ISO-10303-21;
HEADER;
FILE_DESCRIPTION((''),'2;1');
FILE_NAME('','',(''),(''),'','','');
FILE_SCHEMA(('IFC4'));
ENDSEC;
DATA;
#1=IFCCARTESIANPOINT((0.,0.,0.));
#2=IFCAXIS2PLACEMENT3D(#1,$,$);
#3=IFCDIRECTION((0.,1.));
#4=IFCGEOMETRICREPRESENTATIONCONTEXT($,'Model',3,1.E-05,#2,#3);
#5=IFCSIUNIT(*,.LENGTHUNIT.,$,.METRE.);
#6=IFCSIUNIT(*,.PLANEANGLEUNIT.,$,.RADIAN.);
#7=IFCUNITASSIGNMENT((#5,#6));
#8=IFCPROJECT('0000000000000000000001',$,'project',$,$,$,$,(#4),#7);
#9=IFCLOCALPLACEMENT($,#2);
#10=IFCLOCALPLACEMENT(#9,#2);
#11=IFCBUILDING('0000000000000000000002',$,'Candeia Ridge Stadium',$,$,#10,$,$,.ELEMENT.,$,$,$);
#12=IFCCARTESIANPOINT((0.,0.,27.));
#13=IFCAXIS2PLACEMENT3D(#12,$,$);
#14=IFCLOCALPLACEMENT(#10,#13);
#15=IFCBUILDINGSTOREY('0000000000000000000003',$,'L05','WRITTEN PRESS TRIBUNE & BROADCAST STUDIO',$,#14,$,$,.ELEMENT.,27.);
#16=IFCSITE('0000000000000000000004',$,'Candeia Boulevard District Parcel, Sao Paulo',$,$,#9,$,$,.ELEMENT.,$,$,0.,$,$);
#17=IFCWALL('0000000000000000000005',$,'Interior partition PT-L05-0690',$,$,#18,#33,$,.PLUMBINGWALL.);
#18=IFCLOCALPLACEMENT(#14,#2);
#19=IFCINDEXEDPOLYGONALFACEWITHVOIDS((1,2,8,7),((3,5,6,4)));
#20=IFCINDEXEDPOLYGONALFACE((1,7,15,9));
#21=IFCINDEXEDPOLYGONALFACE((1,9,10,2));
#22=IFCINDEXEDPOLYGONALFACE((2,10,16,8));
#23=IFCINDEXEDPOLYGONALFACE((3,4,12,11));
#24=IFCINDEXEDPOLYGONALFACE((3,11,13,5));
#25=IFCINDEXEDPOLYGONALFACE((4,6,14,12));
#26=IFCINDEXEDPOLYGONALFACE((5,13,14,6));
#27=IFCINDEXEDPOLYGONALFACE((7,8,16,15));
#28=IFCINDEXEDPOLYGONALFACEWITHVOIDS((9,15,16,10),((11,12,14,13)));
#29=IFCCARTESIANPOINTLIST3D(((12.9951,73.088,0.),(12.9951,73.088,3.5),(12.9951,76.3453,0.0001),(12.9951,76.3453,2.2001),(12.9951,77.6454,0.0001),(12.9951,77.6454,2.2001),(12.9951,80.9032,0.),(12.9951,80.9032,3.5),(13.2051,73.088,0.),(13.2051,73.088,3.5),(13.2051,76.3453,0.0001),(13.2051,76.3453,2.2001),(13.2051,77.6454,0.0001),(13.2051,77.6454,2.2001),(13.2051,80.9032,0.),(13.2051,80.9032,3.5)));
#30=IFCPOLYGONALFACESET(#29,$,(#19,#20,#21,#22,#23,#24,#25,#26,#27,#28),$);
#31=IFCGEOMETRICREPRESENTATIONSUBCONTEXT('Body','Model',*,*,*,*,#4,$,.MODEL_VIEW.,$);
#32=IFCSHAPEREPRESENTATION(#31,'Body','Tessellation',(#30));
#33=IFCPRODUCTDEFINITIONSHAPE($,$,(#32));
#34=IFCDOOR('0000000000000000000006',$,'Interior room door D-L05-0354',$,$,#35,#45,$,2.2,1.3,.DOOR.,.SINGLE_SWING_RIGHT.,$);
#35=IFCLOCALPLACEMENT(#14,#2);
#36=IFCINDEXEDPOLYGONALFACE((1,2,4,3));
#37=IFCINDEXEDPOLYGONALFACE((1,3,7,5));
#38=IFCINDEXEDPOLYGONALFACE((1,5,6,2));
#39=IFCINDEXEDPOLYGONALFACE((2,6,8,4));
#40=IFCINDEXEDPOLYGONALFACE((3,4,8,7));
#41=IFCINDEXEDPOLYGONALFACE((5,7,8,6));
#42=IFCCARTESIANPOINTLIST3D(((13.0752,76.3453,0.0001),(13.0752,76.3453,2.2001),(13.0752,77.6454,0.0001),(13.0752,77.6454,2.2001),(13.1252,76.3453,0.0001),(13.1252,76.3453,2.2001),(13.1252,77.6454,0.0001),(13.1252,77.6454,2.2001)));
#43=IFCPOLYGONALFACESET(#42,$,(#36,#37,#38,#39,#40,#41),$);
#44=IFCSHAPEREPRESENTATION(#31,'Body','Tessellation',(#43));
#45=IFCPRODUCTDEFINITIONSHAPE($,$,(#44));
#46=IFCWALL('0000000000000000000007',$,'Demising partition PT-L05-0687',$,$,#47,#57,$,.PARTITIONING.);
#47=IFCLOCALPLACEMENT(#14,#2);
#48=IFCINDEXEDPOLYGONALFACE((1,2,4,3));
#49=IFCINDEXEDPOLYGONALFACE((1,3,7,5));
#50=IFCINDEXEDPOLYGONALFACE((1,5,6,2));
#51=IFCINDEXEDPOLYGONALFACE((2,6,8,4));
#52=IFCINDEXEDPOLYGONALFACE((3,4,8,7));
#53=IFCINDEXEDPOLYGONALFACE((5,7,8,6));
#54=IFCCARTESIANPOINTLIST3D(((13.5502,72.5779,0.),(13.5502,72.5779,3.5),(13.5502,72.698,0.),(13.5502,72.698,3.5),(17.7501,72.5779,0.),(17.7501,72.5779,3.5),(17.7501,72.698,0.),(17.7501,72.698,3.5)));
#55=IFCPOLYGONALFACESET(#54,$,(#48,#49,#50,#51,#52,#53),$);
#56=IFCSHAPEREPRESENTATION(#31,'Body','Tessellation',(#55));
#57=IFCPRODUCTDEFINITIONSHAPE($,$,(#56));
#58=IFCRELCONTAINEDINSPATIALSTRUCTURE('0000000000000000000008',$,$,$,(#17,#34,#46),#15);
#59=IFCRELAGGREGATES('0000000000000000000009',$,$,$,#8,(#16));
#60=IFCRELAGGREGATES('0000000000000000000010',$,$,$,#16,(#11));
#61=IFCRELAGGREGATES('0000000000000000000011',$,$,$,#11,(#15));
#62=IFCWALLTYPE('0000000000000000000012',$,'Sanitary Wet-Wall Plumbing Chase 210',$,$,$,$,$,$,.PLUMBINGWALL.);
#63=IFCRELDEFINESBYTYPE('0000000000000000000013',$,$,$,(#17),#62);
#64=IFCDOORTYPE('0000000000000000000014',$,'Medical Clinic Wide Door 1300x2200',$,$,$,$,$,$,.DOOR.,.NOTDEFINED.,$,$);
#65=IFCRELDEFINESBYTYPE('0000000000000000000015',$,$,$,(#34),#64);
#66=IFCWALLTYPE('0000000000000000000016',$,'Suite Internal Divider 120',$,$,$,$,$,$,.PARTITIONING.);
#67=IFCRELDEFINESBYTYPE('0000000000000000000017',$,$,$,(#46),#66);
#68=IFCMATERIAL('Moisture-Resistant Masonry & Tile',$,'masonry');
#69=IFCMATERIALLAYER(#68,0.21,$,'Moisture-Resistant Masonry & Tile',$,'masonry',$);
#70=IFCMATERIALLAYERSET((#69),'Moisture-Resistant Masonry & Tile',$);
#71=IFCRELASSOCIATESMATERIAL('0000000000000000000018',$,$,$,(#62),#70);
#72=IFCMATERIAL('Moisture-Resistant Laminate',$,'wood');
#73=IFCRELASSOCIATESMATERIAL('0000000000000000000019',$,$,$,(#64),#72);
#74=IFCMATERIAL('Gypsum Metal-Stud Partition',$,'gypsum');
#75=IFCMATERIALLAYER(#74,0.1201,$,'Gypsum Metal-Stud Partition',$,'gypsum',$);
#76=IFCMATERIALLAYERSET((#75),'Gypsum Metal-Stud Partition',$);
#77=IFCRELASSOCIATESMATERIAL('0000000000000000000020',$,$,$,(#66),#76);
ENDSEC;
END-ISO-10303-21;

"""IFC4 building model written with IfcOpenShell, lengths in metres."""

from ifc_helpers import new_model, si_unit, direction, frame, frame_2d, origin, place, context, subcontext, project, spatial, rectangle, extrude, material, layer, layer_set, type_object, element, fill, save


model = new_model("IFC4")

# Units and contexts
model_context = context("Model", 3, precision=1e-05, world=origin(), true_north=direction((0.0, 1.0)))
body_context = subcontext(model_context, "Body", "Model", "MODEL_VIEW")
ifc_project = project(units=[si_unit("LENGTHUNIT", "METRE"), si_unit("PLANEANGLEUNIT", "RADIAN")], contexts=[model_context])

# Site, building, storey
site_placement = place(None, origin())
site = spatial("IfcSite", under=ifc_project, at=site_placement, Name="Candeia Boulevard District Parcel, Sao Paulo", CompositionType="ELEMENT", RefElevation=0.0)
building_placement = place(site_placement, origin())
building = spatial("IfcBuilding", under=site, at=building_placement, Name="Candeia Ridge Stadium", CompositionType="ELEMENT")
storey_placement = place(building_placement, frame((0.0, 0.0, 27.0)))
storey = spatial("IfcBuildingStorey", under=building, at=storey_placement, Name="L05", Description="WRITTEN PRESS TRIBUNE & BROADCAST STUDIO", CompositionType="ELEMENT", Elevation=27.0)

# Shared definitions
ifc_material_1 = material(Name="Gypsum Metal-Stud Partition", Category="gypsum")
ifc_material_2 = material(Name="Moisture-Resistant Laminate", Category="wood")

# Shared definitions
ifc_material_3 = material(Name="Moisture-Resistant Masonry & Tile", Category="masonry")

# Wall, opening, door
ifc_layer_1 = layer(ifc_material_3, 0.21, Name="Moisture-Resistant Masonry & Tile", Category="masonry")
ifc_layer_set_1 = layer_set([ifc_layer_1], Name="Moisture-Resistant Masonry & Tile")
wall_type_1 = type_object("IfcWallType", Name="Sanitary Wet-Wall Plumbing Chase 210", PredefinedType="PLUMBINGWALL", material=ifc_layer_set_1)
wall_1_placement = place(storey_placement, frame((13.1001, 73.0879, 0.0), z_axis=(0.0, 0.0, 1.0), x_axis=(0.0, 1.0, 0.0)))
wall_1 = element("IfcWall", 1, at=wall_1_placement, inside=storey, type_object=wall_type_1, Name="Interior partition PT-L05-0690", PredefinedType="PLUMBINGWALL", context=body_context, shape_type="SweptSolid", body=[
    extrude(rectangle(XDim=7.8152, YDim=0.21, at=frame_2d((3.9077, 0.0))), origin(), (0.0, 0.0, 1.0), 3.5),
])
opening_1_placement = place(wall_1_placement, frame((3.2576, 0.0, 0.0)))
opening_1 = element("IfcOpeningElement", 2, at=opening_1_placement, cuts=wall_1, PredefinedType="OPENING", context=body_context, shape_type="SweptSolid", body=[
    extrude(rectangle(XDim=1.3, YDim=2.2, at=frame_2d((0.6499, 1.1001))), frame((0.0, 0.115, 0.0), z_axis=(0.0, -1.0, 0.0), x_axis=(1.0, 0.0, 0.0)), (0.0, 0.0, 1.0), 0.23),
])
door_type_1 = type_object("IfcDoorType", Name="Medical Clinic Wide Door 1300x2200", OperationType="NOTDEFINED", PredefinedType="DOOR", material=ifc_material_2)
door_1_placement = place(opening_1_placement, origin())
door_1 = element("IfcDoor", 3, at=door_1_placement, inside=storey, type_object=door_type_1, Name="Interior room door D-L05-0354", OperationType="SINGLE_SWING_RIGHT", OverallHeight=2.2, OverallWidth=1.3, PredefinedType="DOOR", context=body_context, shape_type="SweptSolid", body=[
    extrude(rectangle(XDim=1.3, YDim=2.2, at=frame_2d((0.6499, 1.1001))), frame((0.0, 0.0249, 0.0), z_axis=(0.0, -1.0, 0.0), x_axis=(1.0, 0.0, 0.0)), (0.0, 0.0, 1.0), 0.05),
])
fill(opening_1, door_1)

# Wall
ifc_layer_2 = layer(ifc_material_1, 0.1201, Name="Gypsum Metal-Stud Partition", Category="gypsum")
ifc_layer_set_2 = layer_set([ifc_layer_2], Name="Gypsum Metal-Stud Partition")
wall_type_2 = type_object("IfcWallType", Name="Suite Internal Divider 120", PredefinedType="PARTITIONING", material=ifc_layer_set_2)
wall_2_placement = place(storey_placement, frame((13.55, 72.6379, 0.0), z_axis=(0.0, 0.0, 1.0), x_axis=(1.0, 0.0, 0.0)))
element("IfcWall", 4, at=wall_2_placement, inside=storey, type_object=wall_type_2, Name="Demising partition PT-L05-0687", PredefinedType="PARTITIONING", context=body_context, shape_type="SweptSolid", body=[
    extrude(rectangle(XDim=4.2, YDim=0.1201, at=frame_2d((2.1001, 0.0))), origin(), (0.0, 0.0, 1.0), 3.5),
])

save(model, "model.ifc")
